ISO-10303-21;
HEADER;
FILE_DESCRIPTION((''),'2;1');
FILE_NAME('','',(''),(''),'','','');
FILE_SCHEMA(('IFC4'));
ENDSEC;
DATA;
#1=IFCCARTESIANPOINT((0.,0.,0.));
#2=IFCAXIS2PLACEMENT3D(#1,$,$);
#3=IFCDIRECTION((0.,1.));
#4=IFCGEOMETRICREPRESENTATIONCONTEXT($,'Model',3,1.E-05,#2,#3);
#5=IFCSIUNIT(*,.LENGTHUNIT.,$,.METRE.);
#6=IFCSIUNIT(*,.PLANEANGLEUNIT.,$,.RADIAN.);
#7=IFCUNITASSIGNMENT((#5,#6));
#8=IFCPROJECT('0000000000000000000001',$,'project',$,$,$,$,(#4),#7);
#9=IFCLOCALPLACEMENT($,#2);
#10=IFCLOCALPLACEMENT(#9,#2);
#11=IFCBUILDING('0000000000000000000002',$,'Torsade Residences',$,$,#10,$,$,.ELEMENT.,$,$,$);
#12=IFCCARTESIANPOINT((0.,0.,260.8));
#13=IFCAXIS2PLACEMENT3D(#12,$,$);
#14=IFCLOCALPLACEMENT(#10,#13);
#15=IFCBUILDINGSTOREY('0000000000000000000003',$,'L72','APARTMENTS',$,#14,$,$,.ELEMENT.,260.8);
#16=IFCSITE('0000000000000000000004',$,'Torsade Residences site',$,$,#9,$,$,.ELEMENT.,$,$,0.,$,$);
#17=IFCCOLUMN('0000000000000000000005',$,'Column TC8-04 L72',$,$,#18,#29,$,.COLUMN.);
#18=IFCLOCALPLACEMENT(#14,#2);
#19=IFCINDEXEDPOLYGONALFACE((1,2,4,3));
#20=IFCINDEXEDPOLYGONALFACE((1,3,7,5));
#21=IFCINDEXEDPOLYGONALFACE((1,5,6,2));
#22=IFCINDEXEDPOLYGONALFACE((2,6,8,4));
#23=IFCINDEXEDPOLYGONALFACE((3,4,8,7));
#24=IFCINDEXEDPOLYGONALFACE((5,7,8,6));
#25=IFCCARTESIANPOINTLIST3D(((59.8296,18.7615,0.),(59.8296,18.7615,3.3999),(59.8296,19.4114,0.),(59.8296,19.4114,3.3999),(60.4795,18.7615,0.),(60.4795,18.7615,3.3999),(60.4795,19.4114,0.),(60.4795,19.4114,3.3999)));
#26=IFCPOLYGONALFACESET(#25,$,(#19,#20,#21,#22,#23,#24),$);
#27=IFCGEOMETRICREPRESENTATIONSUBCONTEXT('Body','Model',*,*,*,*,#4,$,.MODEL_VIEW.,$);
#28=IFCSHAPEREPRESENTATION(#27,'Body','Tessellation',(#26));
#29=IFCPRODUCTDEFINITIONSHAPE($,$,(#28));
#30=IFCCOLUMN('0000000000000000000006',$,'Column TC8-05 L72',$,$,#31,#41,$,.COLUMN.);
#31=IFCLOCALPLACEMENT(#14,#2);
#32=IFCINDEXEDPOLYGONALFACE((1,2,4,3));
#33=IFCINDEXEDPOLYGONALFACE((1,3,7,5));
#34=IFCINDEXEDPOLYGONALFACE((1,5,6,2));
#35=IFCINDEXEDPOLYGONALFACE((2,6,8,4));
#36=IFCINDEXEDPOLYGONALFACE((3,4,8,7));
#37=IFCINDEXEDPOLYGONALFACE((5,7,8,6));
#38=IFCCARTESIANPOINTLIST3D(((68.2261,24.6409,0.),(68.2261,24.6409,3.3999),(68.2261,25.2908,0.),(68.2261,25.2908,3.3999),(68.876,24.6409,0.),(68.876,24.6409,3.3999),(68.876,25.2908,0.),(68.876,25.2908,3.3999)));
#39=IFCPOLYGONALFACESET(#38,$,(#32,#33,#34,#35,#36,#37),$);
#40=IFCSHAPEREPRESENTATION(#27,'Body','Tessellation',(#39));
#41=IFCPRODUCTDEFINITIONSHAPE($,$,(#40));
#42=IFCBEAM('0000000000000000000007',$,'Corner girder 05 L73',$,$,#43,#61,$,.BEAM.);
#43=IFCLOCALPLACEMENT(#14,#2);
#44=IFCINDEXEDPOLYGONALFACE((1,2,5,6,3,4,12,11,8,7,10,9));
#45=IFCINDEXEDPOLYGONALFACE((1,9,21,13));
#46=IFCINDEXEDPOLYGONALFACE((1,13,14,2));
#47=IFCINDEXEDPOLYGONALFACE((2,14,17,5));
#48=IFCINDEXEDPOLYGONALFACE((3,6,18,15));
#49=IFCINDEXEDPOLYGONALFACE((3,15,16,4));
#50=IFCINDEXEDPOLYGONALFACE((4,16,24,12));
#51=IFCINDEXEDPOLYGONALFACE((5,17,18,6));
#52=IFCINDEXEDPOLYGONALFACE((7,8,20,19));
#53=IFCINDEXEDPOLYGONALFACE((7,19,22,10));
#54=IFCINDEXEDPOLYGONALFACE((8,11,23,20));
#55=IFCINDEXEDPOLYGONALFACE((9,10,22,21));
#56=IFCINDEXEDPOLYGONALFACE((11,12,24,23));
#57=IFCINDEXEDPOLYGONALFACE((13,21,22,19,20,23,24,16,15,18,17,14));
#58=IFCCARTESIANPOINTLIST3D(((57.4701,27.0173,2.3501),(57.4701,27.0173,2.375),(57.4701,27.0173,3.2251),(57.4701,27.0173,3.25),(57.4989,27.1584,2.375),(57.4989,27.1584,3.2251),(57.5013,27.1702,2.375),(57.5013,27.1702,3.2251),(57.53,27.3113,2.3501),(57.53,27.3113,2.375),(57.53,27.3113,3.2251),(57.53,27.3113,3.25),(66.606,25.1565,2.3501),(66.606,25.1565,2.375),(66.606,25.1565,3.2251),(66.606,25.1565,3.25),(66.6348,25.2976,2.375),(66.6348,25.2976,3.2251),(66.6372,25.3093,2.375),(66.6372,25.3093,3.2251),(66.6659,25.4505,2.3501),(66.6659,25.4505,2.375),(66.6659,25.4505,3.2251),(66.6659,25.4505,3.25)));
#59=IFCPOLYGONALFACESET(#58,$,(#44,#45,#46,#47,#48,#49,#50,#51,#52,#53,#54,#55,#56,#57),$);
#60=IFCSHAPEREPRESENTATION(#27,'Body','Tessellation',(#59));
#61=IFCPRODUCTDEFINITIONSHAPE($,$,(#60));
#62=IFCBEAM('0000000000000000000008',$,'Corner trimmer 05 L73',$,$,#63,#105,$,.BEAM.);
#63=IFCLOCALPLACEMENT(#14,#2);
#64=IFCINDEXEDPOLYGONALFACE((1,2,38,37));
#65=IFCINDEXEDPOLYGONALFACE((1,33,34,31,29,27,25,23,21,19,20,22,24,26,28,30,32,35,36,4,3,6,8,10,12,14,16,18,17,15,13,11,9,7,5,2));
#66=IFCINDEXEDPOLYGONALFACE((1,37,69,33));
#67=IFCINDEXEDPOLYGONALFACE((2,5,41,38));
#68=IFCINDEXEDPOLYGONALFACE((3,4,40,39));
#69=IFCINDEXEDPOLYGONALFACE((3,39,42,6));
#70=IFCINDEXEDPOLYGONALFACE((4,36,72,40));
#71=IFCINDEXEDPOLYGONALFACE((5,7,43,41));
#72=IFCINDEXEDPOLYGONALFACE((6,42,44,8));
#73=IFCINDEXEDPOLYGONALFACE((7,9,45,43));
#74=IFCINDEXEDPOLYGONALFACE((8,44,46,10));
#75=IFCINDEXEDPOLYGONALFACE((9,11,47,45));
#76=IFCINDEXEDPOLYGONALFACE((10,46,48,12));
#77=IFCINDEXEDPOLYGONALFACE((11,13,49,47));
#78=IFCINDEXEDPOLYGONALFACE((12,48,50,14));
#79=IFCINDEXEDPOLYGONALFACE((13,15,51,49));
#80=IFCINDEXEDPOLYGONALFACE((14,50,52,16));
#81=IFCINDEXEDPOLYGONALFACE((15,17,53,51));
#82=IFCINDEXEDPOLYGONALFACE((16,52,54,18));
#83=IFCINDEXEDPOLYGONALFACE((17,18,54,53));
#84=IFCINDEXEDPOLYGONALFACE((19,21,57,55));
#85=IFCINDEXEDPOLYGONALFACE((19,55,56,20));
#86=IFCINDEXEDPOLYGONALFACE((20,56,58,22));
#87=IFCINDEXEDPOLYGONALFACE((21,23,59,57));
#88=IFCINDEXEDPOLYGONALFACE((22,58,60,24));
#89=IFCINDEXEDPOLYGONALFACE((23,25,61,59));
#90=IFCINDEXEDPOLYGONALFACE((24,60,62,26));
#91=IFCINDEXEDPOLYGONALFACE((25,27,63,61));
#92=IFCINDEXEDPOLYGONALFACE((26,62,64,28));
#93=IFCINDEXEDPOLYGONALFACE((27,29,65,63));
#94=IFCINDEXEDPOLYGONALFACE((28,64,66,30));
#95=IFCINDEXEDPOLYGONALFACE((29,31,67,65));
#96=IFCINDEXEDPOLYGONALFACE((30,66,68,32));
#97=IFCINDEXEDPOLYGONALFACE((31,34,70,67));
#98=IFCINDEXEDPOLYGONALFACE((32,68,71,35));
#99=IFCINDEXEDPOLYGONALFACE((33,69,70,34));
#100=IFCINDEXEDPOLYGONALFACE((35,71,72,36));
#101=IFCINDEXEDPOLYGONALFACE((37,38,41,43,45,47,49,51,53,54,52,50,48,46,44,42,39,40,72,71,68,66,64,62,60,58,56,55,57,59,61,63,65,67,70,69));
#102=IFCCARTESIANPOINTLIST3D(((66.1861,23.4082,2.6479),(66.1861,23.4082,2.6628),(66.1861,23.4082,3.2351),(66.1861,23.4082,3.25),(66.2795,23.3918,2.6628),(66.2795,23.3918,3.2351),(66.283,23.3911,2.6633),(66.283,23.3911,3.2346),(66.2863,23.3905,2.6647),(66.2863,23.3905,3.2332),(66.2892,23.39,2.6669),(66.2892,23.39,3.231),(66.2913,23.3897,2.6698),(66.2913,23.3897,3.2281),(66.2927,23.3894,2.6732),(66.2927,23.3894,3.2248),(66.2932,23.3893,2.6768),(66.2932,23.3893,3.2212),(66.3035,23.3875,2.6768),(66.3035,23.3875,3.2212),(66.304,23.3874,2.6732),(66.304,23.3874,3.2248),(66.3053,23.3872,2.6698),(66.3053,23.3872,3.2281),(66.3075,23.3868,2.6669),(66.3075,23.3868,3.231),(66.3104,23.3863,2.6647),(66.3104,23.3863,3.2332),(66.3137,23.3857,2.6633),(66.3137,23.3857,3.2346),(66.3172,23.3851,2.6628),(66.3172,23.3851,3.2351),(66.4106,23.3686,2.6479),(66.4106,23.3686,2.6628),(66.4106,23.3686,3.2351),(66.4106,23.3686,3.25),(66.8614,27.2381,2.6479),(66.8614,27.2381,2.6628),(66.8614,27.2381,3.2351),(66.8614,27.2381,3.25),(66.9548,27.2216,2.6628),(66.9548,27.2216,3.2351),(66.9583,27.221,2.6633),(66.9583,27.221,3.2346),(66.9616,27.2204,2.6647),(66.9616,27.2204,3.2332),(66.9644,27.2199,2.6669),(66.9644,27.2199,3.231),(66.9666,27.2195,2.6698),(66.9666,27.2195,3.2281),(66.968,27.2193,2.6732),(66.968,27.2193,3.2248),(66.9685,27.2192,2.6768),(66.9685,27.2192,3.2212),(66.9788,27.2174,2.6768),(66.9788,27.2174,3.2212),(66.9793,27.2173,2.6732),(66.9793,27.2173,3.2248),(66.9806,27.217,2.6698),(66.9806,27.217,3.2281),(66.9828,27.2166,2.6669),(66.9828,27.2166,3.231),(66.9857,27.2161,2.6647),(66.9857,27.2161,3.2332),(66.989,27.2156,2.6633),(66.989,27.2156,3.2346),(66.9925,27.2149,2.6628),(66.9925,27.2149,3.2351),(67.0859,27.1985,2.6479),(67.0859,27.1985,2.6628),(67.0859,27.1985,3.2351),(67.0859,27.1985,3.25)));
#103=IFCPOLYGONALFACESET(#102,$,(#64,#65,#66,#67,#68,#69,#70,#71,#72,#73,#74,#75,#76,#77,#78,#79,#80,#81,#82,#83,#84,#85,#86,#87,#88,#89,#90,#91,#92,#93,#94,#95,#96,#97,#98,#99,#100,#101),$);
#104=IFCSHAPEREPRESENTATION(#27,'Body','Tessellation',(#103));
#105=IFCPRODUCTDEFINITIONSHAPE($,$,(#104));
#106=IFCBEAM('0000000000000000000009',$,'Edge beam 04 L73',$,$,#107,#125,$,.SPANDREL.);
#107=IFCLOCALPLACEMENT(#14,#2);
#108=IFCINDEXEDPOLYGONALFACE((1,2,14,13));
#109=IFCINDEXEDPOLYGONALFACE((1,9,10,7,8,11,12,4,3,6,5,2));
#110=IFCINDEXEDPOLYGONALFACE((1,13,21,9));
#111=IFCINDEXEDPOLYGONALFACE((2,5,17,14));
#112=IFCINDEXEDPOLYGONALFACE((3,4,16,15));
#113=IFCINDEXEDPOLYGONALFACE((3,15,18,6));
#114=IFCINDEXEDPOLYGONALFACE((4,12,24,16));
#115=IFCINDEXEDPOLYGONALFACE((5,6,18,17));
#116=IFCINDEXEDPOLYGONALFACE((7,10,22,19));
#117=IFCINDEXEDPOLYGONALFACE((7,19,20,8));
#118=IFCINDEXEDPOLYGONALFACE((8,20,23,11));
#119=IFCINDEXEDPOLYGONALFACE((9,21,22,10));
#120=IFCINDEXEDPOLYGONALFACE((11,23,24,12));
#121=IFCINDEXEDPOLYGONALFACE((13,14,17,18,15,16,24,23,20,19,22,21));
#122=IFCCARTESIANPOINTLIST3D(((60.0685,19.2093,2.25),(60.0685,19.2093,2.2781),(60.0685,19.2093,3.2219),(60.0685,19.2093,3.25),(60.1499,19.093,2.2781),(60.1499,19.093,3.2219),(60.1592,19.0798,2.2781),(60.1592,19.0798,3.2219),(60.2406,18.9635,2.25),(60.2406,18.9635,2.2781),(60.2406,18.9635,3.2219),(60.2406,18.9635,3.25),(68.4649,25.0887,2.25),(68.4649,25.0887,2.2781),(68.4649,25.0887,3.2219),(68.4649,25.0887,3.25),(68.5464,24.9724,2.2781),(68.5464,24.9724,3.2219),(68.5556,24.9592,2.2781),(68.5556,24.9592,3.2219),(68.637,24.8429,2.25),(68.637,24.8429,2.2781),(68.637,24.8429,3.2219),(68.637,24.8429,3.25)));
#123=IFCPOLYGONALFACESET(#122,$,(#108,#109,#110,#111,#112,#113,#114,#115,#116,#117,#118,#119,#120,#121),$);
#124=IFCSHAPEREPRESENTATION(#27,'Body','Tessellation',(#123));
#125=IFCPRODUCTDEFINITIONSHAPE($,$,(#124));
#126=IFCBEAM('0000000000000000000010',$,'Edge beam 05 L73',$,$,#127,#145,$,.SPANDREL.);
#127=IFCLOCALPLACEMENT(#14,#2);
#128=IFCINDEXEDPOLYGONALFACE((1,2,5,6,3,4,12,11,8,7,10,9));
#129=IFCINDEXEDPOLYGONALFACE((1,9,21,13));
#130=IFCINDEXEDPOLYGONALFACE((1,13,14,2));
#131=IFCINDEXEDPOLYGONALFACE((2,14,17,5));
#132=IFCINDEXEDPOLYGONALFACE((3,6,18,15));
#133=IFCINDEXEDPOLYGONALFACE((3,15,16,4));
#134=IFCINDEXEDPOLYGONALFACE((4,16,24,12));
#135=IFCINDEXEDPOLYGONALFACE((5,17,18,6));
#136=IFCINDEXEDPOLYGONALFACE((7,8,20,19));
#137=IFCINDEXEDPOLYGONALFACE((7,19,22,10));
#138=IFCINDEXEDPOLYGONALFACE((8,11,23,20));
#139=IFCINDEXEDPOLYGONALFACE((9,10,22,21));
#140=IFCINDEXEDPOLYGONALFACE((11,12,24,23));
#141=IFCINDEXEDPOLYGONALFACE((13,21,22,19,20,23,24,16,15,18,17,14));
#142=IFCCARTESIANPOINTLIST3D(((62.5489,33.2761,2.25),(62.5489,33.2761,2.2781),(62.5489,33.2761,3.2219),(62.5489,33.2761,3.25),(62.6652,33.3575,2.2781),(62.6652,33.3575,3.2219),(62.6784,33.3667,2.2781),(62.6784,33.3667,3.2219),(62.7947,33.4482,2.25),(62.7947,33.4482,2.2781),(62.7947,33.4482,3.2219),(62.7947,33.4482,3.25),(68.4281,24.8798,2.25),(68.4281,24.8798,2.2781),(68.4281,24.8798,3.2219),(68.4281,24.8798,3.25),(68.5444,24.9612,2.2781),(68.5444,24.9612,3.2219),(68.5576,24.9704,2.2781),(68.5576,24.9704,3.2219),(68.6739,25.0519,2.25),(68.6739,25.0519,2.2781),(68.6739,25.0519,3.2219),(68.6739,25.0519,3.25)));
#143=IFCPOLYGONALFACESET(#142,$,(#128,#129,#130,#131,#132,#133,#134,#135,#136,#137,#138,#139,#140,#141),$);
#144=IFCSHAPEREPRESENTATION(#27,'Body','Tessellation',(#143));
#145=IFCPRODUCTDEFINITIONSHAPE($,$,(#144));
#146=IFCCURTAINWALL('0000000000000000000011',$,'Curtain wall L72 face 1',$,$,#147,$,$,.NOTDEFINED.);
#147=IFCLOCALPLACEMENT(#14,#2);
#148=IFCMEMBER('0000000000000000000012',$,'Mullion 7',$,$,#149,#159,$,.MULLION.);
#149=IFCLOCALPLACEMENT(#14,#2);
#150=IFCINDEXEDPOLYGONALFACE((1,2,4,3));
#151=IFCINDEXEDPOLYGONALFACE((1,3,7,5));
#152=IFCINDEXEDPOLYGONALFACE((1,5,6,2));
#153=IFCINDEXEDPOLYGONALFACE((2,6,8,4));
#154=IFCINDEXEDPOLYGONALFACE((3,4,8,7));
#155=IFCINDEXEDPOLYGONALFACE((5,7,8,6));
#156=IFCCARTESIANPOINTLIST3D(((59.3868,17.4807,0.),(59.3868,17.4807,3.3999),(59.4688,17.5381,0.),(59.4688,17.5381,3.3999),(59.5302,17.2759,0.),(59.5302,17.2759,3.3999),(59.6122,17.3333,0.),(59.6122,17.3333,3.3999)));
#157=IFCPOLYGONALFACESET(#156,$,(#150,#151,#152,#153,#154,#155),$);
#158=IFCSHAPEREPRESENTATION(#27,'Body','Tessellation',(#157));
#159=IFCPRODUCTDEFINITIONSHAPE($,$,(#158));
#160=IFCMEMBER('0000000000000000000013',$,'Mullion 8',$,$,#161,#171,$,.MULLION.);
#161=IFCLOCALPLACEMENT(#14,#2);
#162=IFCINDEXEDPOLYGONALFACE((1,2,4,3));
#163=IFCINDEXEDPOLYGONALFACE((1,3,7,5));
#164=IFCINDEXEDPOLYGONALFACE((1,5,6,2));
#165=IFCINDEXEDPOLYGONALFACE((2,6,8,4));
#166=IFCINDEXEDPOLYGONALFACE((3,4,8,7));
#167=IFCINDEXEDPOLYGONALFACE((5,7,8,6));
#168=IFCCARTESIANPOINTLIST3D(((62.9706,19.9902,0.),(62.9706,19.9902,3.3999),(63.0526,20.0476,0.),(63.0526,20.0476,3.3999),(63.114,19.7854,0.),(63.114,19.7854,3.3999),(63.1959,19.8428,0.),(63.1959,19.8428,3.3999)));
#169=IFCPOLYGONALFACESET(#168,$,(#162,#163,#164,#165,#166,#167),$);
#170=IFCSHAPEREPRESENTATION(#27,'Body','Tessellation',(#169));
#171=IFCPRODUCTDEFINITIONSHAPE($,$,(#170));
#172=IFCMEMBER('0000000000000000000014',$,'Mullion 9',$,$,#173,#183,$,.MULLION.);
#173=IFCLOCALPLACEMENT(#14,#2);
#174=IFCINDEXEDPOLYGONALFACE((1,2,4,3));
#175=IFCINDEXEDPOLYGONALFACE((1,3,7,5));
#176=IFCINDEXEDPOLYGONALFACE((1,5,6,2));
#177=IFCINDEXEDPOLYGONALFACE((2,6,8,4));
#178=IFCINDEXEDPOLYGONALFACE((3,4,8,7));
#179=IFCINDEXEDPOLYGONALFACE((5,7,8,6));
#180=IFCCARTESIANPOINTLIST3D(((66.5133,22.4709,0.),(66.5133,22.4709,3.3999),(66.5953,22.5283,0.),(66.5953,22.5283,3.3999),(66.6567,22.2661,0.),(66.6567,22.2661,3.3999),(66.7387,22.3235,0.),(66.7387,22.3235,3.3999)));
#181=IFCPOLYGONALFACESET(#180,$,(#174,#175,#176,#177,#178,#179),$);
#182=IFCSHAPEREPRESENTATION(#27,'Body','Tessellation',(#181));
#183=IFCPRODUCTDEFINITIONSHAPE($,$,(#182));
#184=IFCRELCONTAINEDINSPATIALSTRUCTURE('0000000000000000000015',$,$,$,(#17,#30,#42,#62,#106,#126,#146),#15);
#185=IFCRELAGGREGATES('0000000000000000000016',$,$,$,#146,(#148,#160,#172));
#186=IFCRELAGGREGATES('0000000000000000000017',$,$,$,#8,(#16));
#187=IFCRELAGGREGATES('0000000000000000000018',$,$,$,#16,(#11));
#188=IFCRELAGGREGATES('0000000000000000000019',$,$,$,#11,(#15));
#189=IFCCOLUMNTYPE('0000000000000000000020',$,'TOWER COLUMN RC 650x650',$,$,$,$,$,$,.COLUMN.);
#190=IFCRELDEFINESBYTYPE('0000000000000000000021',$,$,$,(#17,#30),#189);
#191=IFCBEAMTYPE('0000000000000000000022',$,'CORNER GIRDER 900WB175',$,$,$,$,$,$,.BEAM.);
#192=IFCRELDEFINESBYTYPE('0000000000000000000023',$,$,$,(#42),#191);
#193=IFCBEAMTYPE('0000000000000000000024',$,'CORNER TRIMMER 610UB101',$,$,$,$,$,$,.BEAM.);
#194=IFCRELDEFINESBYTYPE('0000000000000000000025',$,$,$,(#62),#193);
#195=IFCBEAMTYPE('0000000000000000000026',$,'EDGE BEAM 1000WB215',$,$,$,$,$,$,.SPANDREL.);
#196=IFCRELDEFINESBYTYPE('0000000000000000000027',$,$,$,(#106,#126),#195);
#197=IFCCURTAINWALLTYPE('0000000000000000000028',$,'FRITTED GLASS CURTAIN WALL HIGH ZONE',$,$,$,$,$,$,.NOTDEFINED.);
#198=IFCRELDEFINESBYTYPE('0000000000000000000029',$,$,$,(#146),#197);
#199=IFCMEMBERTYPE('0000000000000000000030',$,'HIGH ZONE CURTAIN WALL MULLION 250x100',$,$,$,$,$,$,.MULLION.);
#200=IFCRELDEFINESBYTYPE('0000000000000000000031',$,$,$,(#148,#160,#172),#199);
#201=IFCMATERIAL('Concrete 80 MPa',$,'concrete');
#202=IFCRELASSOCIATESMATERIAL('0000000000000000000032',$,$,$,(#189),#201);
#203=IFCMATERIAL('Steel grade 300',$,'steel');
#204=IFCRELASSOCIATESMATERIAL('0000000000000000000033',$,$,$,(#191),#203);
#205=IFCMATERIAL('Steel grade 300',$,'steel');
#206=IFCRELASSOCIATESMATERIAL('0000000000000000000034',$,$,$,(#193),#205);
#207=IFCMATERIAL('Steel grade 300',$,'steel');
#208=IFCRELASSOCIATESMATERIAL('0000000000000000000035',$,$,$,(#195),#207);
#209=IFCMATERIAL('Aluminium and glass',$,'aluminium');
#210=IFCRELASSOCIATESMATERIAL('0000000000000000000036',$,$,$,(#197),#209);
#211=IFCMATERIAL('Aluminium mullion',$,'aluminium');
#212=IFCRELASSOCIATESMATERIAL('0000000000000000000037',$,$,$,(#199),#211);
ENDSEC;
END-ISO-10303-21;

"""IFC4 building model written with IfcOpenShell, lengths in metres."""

from ifc_helpers import new_model, si_unit, direction, frame, origin, origin_2d, place, context, subcontext, project, spatial, rectangle, i_section, extrude, material, material_profile, profile_set, type_object, element, aggregate, save


model = new_model("IFC4")

# Units and contexts
model_context = context("Model", 3, precision=1e-05, world=origin(), true_north=direction((0.0, 1.0)))
body_context = subcontext(model_context, "Body", "Model", "MODEL_VIEW")
ifc_project = project(units=[si_unit("LENGTHUNIT", "METRE"), si_unit("PLANEANGLEUNIT", "RADIAN")], contexts=[model_context])

# Site, building, storey
site_placement = place(None, origin())
site = spatial("IfcSite", under=ifc_project, at=site_placement, Name="Torsade Residences site", CompositionType="ELEMENT", RefElevation=0.0)
building_placement = place(site_placement, origin())
building = spatial("IfcBuilding", under=site, at=building_placement, Name="Torsade Residences", CompositionType="ELEMENT")
storey_placement = place(building_placement, frame((0.0, 0.0, 260.8)))
storey = spatial("IfcBuildingStorey", under=building, at=storey_placement, Name="L72", Description="APARTMENTS", CompositionType="ELEMENT", Elevation=260.8)

# Columns
ifc_material_1 = material(Name="Concrete 80 MPa", Category="concrete")
ifc_material_profile_1 = material_profile(ifc_material_1, rectangle(XDim=0.6499, YDim=0.6499, at=origin_2d()), Name="RC 650x650")
ifc_profile_set_1 = profile_set([ifc_material_profile_1], Name="Concrete 80 MPa")
column_type = type_object("IfcColumnType", Name="TOWER COLUMN RC 650x650", PredefinedType="COLUMN", material=ifc_profile_set_1)
for number, where, z_axis, x_axis, name in (
    (1, (60.1545, 19.0864, 0.0), (0.0, 0.0, 1.0), (1.0, 0.0, 0.0), "Column TC8-04 L72"),
    (2, (68.551, 24.9658, 0.0), (0.0, 0.0, 1.0), (1.0, 0.0, 0.0), "Column TC8-05 L72"),
):
    element("IfcColumn", number, at=place(storey_placement, frame(where, z_axis=z_axis, x_axis=x_axis)), inside=storey, type_object=column_type, Name=name, PredefinedType="COLUMN", context=body_context, shape_type="SweptSolid", body=[
        extrude(rectangle(XDim=0.6499, YDim=0.6499, at=origin_2d()), origin(), (0.0, 0.0, 1.0), 3.3999),
    ])

# Beams
ifc_material_2 = material(Name="Steel grade 300", Category="steel")
ifc_material_profile_2 = material_profile(ifc_material_2, i_section(OverallWidth=0.3, OverallDepth=0.8999, WebThickness=0.012, FlangeThickness=0.0249, at=origin_2d()), Name="900WB175")
ifc_profile_set_2 = profile_set([ifc_material_profile_2], Name="Steel grade 300")
beam_type_1 = type_object("IfcBeamType", Name="CORNER GIRDER 900WB175", PredefinedType="BEAM", material=ifc_profile_set_2)
beam_1_placement = place(storey_placement, frame((66.636, 25.3035, 2.8), z_axis=(-0.979881, 0.199584, 0.0), x_axis=(-0.199584, -0.979881, 0.0)))
element("IfcBeam", 3, at=beam_1_placement, inside=storey, type_object=beam_type_1, Name="Corner girder 05 L73", PredefinedType="BEAM", context=body_context, shape_type="SweptSolid", body=[
    extrude(i_section(OverallWidth=0.3, OverallDepth=0.8999, WebThickness=0.012, FlangeThickness=0.0249, at=origin_2d()), origin(), (0.0, 0.0, 1.0), 9.3235),
])
ifc_material_3 = material(Name="Steel grade 300", Category="steel")
ifc_material_profile_3 = material_profile(ifc_material_3, i_section(OverallWidth=0.228, OverallDepth=0.6021, WebThickness=0.0105, FlangeThickness=0.0149, FilletRadius=0.0139, at=origin_2d()), Name="610UB101")
ifc_profile_set_3 = profile_set([ifc_material_profile_3], Name="Steel grade 300")
beam_type_2 = type_object("IfcBeamType", Name="CORNER TRIMMER 610UB101", PredefinedType="BEAM", material=ifc_profile_set_3)
beam_2_placement = place(storey_placement, frame((66.9736, 27.2183, 2.949), z_axis=(-0.173646, -0.984808, 0.0), x_axis=(0.984808, -0.173646, 0.0)))
element("IfcBeam", 4, at=beam_2_placement, inside=storey, type_object=beam_type_2, Name="Corner trimmer 05 L73", PredefinedType="BEAM", context=body_context, shape_type="SweptSolid", body=[
    extrude(i_section(OverallWidth=0.228, OverallDepth=0.6021, WebThickness=0.0105, FlangeThickness=0.0149, FilletRadius=0.0139, at=origin_2d()), origin(), (0.0, 0.0, 1.0), 3.8889),
])
ifc_material_4 = material(Name="Steel grade 300", Category="steel")
ifc_material_profile_4 = material_profile(ifc_material_4, i_section(OverallWidth=0.3, OverallDepth=1.0, WebThickness=0.0161, FlangeThickness=0.0281, at=origin_2d()), Name="1000WB215")
ifc_profile_set_4 = profile_set([ifc_material_profile_4], Name="Steel grade 300")
beam_type_3 = type_object("IfcBeamType", Name="EDGE BEAM 1000WB215", PredefinedType="SPANDREL", material=ifc_profile_set_4)
beam_3_placement = place(storey_placement, frame((60.1545, 19.0864, 2.75), z_axis=(0.819147, 0.573584, 0.0), x_axis=(-0.573584, 0.819147, 0.0)))
element("IfcBeam", 5, at=beam_3_placement, inside=storey, type_object=beam_type_3, Name="Edge beam 04 L73", PredefinedType="SPANDREL", context=body_context, shape_type="SweptSolid", body=[
    extrude(i_section(OverallWidth=0.3, OverallDepth=1.0, WebThickness=0.0161, FlangeThickness=0.0281, at=origin_2d()), origin(), (0.0, 0.0, 1.0), 10.2502),
])
beam_4_placement = place(storey_placement, frame((68.551, 24.9658, 2.75), z_axis=(-0.573579, 0.81915, 0.0), x_axis=(-0.81915, -0.573579, 0.0)))
element("IfcBeam", 6, at=beam_4_placement, inside=storey, type_object=beam_type_3, Name="Edge beam 05 L73", PredefinedType="SPANDREL", context=body_context, shape_type="SweptSolid", body=[
    extrude(i_section(OverallWidth=0.3, OverallDepth=1.0, WebThickness=0.0161, FlangeThickness=0.0281, at=origin_2d()), origin(), (0.0, 0.0, 1.0), 10.25),
])

# Curtain wall, members
ifc_material_5 = material(Name="Aluminium and glass", Category="aluminium")
curtain_wall_type = type_object("IfcCurtainWallType", Name="FRITTED GLASS CURTAIN WALL HIGH ZONE", PredefinedType="NOTDEFINED", material=ifc_material_5)
curtain_wall_placement = place(storey_placement, origin())
curtain_wall = element("IfcCurtainWall", 7, at=curtain_wall_placement, inside=storey, type_object=curtain_wall_type, Name="Curtain wall L72 face 1", PredefinedType="NOTDEFINED")
ifc_material_6 = material(Name="Aluminium mullion", Category="aluminium")
ifc_material_profile_5 = material_profile(ifc_material_6, rectangle(XDim=0.25, YDim=0.1001, at=origin_2d()), Name="HIGH ZONE CURTAIN WALL MULLION 250x100")
ifc_profile_set_5 = profile_set([ifc_material_profile_5], Name="Aluminium mullion")
member_type_1 = type_object("IfcMemberType", Name="HIGH ZONE CURTAIN WALL MULLION 250x100", PredefinedType="MULLION", material=ifc_profile_set_5)
member_1_placement = place(storey_placement, frame((59.4995, 17.407, 0.0), z_axis=(0.0, 0.0, 1.0), x_axis=(-0.573576, 0.819152, 0.0)))
member_1 = element("IfcMember", 8, at=member_1_placement, type_object=member_type_1, Name="Mullion 7", PredefinedType="MULLION", context=body_context, shape_type="SweptSolid", body=[
    extrude(rectangle(XDim=0.25, YDim=0.1001, at=origin_2d()), origin(), (0.0, 0.0, 1.0), 3.3999),
])
member_2_placement = place(storey_placement, frame((63.0833, 19.9165, 0.0), z_axis=(0.0, 0.0, 1.0), x_axis=(-0.573576, 0.819152, 0.0)))
member_2 = element("IfcMember", 9, at=member_2_placement, type_object=member_type_1, Name="Mullion 8", PredefinedType="MULLION", context=body_context, shape_type="SweptSolid", body=[
    extrude(rectangle(XDim=0.25, YDim=0.1001, at=origin_2d()), origin(), (0.0, 0.0, 1.0), 3.3999),
])
member_3_placement = place(storey_placement, frame((66.626, 22.3972, 0.0), z_axis=(0.0, 0.0, 1.0), x_axis=(-0.573576, 0.819152, 0.0)))
member_3 = element("IfcMember", 10, at=member_3_placement, type_object=member_type_1, Name="Mullion 9", PredefinedType="MULLION", context=body_context, shape_type="SweptSolid", body=[
    extrude(rectangle(XDim=0.25, YDim=0.1001, at=origin_2d()), origin(), (0.0, 0.0, 1.0), 3.3999),
])

aggregate(curtain_wall, [member_1, member_2, member_3])

save(model, "model.ifc")
